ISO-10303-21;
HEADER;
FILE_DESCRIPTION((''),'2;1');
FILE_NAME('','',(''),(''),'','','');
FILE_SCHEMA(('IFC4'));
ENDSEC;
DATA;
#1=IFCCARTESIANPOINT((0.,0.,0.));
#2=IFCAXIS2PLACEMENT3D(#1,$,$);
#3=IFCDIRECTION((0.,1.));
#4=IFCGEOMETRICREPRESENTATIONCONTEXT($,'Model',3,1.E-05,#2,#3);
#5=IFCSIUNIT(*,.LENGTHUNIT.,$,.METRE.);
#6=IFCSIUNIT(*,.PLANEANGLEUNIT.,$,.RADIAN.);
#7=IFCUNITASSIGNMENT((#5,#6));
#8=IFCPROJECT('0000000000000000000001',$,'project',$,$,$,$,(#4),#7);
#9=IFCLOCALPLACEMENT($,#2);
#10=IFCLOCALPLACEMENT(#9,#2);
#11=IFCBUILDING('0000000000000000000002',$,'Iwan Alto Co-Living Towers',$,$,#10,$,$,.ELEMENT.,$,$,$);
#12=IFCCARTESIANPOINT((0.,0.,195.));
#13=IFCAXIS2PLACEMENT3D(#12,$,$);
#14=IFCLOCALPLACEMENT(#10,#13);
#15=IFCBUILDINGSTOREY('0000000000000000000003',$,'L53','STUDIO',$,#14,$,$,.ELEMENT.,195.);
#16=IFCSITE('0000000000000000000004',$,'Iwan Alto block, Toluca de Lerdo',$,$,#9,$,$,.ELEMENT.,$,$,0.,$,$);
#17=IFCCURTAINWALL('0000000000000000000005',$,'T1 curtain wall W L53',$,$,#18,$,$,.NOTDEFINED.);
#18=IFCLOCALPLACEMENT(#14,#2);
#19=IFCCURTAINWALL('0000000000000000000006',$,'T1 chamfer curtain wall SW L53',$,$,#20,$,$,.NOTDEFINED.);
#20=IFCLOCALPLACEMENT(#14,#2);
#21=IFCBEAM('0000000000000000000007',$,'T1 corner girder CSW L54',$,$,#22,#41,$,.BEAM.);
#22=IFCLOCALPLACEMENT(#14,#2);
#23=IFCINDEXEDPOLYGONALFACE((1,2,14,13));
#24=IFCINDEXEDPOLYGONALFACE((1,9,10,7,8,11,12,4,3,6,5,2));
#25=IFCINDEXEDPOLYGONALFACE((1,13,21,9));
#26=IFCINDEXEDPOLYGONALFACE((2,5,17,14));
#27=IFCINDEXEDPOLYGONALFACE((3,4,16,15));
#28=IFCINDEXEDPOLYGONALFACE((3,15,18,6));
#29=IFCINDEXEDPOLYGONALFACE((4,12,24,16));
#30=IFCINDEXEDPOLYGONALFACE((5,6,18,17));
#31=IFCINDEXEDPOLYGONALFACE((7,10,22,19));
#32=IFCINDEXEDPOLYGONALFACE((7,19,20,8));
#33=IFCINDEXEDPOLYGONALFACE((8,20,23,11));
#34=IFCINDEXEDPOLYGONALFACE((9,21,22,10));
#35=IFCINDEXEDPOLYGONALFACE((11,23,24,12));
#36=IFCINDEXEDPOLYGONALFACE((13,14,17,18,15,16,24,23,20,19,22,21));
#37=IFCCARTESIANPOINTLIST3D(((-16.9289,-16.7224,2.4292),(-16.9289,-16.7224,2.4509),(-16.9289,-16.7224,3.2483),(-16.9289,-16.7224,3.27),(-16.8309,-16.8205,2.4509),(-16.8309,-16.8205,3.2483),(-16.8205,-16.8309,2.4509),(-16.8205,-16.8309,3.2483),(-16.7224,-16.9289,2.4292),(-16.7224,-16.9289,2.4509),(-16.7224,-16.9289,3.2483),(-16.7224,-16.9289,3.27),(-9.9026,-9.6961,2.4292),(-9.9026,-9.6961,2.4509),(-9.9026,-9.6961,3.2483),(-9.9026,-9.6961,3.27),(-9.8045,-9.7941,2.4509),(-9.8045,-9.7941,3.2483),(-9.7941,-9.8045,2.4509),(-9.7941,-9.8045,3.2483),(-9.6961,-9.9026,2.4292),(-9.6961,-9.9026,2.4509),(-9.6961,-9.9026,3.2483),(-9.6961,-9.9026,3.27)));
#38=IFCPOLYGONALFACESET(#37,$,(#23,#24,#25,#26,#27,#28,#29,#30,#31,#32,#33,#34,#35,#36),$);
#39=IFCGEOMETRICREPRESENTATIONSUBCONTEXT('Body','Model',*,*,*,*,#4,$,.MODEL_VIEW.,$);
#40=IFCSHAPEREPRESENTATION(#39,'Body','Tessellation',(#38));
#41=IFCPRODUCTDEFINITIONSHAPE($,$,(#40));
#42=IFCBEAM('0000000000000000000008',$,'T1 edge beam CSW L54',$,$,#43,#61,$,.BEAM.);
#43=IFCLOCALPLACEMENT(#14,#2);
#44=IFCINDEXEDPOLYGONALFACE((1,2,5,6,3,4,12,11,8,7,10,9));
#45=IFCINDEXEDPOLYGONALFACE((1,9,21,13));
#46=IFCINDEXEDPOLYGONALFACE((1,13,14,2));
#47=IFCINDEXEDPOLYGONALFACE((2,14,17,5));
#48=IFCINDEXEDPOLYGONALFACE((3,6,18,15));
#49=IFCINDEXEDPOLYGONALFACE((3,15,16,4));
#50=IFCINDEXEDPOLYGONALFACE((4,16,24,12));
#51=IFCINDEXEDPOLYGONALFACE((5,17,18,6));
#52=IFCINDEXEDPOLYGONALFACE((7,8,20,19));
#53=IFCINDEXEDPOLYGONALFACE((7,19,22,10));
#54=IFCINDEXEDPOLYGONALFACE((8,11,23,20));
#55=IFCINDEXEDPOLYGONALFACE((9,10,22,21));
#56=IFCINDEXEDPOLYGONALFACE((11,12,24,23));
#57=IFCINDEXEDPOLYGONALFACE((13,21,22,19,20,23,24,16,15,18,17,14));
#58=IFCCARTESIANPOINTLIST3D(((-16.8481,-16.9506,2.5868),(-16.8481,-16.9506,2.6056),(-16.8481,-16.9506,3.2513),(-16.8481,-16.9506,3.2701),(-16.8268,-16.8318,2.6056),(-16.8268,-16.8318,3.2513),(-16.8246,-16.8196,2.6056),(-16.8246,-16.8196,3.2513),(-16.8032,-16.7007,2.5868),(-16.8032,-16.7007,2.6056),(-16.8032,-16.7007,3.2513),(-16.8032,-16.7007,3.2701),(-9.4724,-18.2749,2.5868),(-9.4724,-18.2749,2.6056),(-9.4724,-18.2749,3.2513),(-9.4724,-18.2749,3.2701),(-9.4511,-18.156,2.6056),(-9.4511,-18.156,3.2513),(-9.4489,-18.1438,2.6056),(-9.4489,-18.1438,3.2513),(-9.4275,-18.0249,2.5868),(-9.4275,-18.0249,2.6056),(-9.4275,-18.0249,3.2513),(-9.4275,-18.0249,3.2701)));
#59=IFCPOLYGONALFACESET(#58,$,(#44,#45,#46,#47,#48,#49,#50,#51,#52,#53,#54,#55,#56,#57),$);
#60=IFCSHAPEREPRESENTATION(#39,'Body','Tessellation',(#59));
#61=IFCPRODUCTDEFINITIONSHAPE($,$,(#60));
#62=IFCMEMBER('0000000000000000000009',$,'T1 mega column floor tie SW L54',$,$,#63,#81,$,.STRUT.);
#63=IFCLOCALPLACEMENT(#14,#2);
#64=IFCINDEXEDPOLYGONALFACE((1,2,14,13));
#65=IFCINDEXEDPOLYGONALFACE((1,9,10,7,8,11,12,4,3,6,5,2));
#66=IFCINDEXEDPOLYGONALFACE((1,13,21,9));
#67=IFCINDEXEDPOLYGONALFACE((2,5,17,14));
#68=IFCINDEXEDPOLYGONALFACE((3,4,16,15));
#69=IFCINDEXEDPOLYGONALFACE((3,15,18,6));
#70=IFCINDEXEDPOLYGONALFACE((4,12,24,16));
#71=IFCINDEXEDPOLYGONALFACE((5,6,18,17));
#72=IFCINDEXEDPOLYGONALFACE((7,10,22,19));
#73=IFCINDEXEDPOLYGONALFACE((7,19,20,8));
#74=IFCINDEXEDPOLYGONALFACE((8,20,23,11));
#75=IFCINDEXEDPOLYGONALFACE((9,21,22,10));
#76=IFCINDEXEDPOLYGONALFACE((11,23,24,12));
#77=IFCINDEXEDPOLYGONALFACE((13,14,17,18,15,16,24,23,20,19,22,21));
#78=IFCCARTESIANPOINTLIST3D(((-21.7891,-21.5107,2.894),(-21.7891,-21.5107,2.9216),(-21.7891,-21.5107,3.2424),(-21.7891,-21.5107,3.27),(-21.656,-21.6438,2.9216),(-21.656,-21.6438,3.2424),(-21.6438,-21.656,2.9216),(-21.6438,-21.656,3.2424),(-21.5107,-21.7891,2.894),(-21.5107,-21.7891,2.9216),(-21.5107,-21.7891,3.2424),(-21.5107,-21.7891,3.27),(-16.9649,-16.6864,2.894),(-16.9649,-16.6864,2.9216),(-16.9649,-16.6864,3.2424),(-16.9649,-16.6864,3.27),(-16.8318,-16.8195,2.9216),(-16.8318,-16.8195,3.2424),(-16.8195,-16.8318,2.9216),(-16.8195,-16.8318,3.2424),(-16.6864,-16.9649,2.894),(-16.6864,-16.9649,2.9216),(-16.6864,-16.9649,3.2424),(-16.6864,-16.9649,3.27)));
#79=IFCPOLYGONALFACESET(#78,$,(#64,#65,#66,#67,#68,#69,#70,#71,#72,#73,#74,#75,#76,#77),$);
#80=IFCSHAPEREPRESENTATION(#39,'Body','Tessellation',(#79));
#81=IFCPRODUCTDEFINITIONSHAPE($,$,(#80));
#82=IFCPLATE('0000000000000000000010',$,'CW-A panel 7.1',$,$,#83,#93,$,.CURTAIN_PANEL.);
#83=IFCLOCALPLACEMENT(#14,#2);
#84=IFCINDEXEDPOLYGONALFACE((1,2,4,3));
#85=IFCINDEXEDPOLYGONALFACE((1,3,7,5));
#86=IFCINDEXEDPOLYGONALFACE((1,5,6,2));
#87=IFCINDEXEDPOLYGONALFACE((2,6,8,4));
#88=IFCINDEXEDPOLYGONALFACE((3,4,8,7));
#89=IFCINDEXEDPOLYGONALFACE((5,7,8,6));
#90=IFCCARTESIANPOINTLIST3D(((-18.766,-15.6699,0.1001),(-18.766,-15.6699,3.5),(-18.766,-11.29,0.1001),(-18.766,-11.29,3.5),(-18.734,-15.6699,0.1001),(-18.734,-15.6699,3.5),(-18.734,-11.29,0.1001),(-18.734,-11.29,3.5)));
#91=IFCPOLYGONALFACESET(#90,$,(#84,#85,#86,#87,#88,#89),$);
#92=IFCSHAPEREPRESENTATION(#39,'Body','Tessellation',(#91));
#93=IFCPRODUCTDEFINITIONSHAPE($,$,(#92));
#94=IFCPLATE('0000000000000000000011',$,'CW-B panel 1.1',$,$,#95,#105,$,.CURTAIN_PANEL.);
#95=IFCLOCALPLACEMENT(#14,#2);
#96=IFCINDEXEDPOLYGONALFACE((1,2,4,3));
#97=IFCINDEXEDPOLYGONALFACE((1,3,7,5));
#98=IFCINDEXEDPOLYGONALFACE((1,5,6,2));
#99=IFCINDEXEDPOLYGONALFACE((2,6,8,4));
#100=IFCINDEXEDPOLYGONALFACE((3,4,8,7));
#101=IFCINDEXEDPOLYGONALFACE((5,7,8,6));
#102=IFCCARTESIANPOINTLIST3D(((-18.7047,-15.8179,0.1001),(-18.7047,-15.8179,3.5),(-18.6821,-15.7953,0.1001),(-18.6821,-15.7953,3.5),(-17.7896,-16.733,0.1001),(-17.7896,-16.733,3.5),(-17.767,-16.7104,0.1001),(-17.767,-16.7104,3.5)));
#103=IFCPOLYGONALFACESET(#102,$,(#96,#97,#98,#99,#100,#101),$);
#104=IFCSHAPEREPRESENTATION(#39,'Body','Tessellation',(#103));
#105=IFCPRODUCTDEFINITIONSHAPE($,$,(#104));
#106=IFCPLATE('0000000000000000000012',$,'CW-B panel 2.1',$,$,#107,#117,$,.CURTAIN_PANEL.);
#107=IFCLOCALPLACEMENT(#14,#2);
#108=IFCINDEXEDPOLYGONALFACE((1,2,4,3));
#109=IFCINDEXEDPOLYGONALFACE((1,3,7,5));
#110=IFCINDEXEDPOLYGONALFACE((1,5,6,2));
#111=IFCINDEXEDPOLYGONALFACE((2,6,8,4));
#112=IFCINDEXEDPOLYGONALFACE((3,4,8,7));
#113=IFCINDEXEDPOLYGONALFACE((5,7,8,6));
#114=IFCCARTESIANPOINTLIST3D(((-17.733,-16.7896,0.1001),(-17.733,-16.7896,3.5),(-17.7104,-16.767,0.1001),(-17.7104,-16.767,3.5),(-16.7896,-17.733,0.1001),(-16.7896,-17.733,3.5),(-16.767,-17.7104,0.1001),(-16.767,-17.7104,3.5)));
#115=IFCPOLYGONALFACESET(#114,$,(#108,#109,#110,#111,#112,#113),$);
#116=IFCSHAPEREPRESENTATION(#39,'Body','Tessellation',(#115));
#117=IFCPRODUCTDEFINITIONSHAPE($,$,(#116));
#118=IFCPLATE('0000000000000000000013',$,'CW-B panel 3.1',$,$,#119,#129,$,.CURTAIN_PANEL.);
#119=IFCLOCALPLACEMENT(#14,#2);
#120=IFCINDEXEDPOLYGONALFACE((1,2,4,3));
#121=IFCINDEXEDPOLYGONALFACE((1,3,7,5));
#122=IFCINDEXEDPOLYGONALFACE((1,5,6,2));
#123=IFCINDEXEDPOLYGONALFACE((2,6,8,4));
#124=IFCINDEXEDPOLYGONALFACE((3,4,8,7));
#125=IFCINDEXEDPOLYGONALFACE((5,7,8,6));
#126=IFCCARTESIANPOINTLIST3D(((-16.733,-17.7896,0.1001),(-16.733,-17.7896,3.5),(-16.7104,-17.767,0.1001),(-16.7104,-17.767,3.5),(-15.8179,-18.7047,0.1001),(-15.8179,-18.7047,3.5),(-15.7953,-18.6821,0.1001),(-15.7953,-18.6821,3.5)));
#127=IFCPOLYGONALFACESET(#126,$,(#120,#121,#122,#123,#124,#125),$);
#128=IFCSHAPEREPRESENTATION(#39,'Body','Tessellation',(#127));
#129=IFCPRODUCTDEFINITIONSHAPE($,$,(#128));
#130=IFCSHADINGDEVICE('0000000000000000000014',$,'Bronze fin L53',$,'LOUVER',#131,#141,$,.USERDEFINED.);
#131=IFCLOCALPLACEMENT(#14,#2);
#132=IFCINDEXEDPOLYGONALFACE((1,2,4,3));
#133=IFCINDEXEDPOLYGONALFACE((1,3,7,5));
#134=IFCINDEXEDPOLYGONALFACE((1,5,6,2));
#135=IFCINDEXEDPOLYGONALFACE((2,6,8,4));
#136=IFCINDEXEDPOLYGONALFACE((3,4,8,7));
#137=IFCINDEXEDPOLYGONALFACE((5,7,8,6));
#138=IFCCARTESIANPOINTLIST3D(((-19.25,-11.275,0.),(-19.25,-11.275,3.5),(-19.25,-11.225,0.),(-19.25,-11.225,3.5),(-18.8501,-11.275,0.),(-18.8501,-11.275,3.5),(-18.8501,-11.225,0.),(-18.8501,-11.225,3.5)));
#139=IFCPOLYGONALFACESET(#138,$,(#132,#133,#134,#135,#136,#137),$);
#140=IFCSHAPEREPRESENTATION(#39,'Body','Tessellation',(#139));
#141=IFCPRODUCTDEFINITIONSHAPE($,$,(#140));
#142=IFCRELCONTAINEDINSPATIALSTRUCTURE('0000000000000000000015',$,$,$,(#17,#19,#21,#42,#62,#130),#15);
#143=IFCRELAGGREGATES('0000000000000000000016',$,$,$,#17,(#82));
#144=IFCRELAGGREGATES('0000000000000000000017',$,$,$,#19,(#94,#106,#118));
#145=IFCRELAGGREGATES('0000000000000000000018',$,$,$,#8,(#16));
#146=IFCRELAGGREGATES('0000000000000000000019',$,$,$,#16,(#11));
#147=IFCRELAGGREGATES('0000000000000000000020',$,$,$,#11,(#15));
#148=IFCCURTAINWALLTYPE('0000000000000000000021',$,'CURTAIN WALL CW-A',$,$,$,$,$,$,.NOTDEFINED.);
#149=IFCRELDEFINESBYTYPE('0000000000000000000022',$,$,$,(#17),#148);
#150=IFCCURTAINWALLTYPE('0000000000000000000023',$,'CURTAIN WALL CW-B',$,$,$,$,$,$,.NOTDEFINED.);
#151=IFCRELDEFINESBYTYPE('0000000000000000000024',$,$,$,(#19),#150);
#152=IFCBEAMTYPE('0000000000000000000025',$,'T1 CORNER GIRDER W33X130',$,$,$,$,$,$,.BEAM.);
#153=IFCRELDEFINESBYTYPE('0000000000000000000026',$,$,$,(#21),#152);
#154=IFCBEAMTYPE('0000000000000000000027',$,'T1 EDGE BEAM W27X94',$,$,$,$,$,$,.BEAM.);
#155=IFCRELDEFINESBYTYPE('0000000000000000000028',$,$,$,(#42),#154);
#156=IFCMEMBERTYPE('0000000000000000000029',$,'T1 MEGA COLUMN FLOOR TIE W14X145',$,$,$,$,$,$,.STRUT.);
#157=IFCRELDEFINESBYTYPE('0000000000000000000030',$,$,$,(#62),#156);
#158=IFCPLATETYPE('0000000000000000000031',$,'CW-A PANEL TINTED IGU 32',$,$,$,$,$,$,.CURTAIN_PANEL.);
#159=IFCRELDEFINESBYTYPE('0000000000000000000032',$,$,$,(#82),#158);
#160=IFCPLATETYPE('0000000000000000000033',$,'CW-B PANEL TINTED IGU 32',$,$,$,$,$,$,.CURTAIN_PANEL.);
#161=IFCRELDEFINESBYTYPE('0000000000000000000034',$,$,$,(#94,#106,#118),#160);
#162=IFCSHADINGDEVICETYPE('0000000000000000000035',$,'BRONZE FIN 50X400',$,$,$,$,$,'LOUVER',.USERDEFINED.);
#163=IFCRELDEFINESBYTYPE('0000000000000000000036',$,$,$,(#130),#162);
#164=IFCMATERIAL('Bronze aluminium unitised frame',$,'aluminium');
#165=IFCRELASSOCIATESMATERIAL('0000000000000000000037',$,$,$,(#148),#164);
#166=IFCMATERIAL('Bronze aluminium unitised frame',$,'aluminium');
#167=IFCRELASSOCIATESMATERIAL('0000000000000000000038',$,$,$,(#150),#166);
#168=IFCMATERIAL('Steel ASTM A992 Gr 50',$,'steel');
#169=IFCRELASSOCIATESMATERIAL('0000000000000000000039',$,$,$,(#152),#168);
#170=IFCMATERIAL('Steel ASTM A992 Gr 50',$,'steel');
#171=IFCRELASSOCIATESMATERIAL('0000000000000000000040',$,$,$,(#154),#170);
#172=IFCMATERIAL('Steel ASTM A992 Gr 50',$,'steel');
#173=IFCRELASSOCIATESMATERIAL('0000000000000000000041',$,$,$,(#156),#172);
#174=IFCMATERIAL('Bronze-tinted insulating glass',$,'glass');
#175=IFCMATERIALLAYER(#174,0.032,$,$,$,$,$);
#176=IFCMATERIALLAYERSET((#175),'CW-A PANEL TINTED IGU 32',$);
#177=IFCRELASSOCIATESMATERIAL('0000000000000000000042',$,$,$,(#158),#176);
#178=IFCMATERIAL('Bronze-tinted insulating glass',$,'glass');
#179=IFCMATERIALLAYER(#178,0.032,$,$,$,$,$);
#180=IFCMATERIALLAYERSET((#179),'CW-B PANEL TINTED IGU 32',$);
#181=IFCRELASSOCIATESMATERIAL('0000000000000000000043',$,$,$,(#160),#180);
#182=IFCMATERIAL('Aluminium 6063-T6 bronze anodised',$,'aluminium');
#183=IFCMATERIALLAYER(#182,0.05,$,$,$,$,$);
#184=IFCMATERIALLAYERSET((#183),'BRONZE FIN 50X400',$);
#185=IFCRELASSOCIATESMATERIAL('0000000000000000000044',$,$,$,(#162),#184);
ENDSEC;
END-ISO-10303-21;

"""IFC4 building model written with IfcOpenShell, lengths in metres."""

from ifc_helpers import new_model, si_unit, direction, frame, origin, origin_2d, place, context, subcontext, project, spatial, rectangle, i_section, extrude, material, layer, layer_set, material_profile, profile_set, type_object, element, aggregate, save


model = new_model("IFC4")

# Units and contexts
model_context = context("Model", 3, precision=1e-05, world=origin(), true_north=direction((0.0, 1.0)))
body_context = subcontext(model_context, "Body", "Model", "MODEL_VIEW")
ifc_project = project(units=[si_unit("LENGTHUNIT", "METRE"), si_unit("PLANEANGLEUNIT", "RADIAN")], contexts=[model_context])

# Site, building, storey
site_placement = place(None, origin())
site = spatial("IfcSite", under=ifc_project, at=site_placement, Name="Iwan Alto block, Toluca de Lerdo", CompositionType="ELEMENT", RefElevation=0.0)
building_placement = place(site_placement, origin())
building = spatial("IfcBuilding", under=site, at=building_placement, Name="Iwan Alto Co-Living Towers", CompositionType="ELEMENT")
storey_placement = place(building_placement, frame((0.0, 0.0, 195.0)))
storey = spatial("IfcBuildingStorey", under=building, at=storey_placement, Name="L53", Description="STUDIO", CompositionType="ELEMENT", Elevation=195.0)

# Curtain walls
ifc_material_1 = material(Name="Bronze aluminium unitised frame", Category="aluminium")
curtain_wall_type_1 = type_object("IfcCurtainWallType", Name="CURTAIN WALL CW-A", PredefinedType="NOTDEFINED", material=ifc_material_1)
curtain_wall_1_placement = place(storey_placement, origin())
curtain_wall_1 = element("IfcCurtainWall", 1, at=curtain_wall_1_placement, inside=storey, type_object=curtain_wall_type_1, Name="T1 curtain wall W L53", PredefinedType="NOTDEFINED")
ifc_material_2 = material(Name="Bronze aluminium unitised frame", Category="aluminium")
curtain_wall_type_2 = type_object("IfcCurtainWallType", Name="CURTAIN WALL CW-B", PredefinedType="NOTDEFINED", material=ifc_material_2)
curtain_wall_2_placement = place(storey_placement, origin())
curtain_wall_2 = element("IfcCurtainWall", 2, at=curtain_wall_2_placement, inside=storey, type_object=curtain_wall_type_2, Name="T1 chamfer curtain wall SW L53", PredefinedType="NOTDEFINED")

# Beams
ifc_material_3 = material(Name="Steel ASTM A992 Gr 50", Category="steel")
ifc_material_profile_1 = material_profile(ifc_material_3, i_section(OverallWidth=0.292, OverallDepth=0.8408, WebThickness=0.0146, FlangeThickness=0.0217, at=origin_2d()), Name="W33X130")
ifc_profile_set_1 = profile_set([ifc_material_profile_1], Name="Steel ASTM A992 Gr 50")
beam_type_1 = type_object("IfcBeamType", Name="T1 CORNER GIRDER W33X130", PredefinedType="BEAM", material=ifc_profile_set_1)
beam_1_placement = place(storey_placement, frame((-16.8257, -16.8257, 2.8496), z_axis=(0.707107, 0.707107, 0.0), x_axis=(-0.707107, 0.707107, 0.0)))
element("IfcBeam", 3, at=beam_1_placement, inside=storey, type_object=beam_type_1, Name="T1 corner girder CSW L54", PredefinedType="BEAM", context=body_context, shape_type="SweptSolid", body=[
    extrude(i_section(OverallWidth=0.292, OverallDepth=0.8408, WebThickness=0.0146, FlangeThickness=0.0217, at=origin_2d()), origin(), (0.0, 0.0, 1.0), 9.9368),
])
ifc_material_4 = material(Name="Steel ASTM A992 Gr 50", Category="steel")
ifc_material_profile_2 = material_profile(ifc_material_4, i_section(OverallWidth=0.2539, OverallDepth=0.6833, WebThickness=0.0125, FlangeThickness=0.0188, at=origin_2d()), Name="W27X94")
ifc_profile_set_2 = profile_set([ifc_material_profile_2], Name="Steel ASTM A992 Gr 50")
beam_type_2 = type_object("IfcBeamType", Name="T1 EDGE BEAM W27X94", PredefinedType="BEAM", material=ifc_profile_set_2)
beam_2_placement = place(storey_placement, frame((-16.8257, -16.8257, 2.9285), z_axis=(0.984263, -0.176712, 0.0), x_axis=(0.176712, 0.984263, 0.0)))
element("IfcBeam", 4, at=beam_2_placement, inside=storey, type_object=beam_type_2, Name="T1 edge beam CSW L54", PredefinedType="BEAM", context=body_context, shape_type="SweptSolid", body=[
    extrude(i_section(OverallWidth=0.2539, OverallDepth=0.6833, WebThickness=0.0125, FlangeThickness=0.0188, at=origin_2d()), origin(), (0.0, 0.0, 1.0), 7.4937),
])

# Member
ifc_material_5 = material(Name="Steel ASTM A992 Gr 50", Category="steel")
ifc_material_profile_3 = material_profile(ifc_material_5, i_section(OverallWidth=0.3938, OverallDepth=0.376, WebThickness=0.0173, FlangeThickness=0.0276, at=origin_2d()), Name="W14X145")
ifc_profile_set_3 = profile_set([ifc_material_profile_3], Name="Steel ASTM A992 Gr 50")
member_type_1 = type_object("IfcMemberType", Name="T1 MEGA COLUMN FLOOR TIE W14X145", PredefinedType="STRUT", material=ifc_profile_set_3)
member_1_placement = place(storey_placement, frame((-21.6499, -21.6499, 3.082), z_axis=(0.707107, 0.707107, 0.0), x_axis=(-0.707107, 0.707107, 0.0)))
element("IfcMember", 5, at=member_1_placement, inside=storey, type_object=member_type_1, Name="T1 mega column floor tie SW L54", PredefinedType="STRUT", context=body_context, shape_type="SweptSolid", body=[
    extrude(i_section(OverallWidth=0.3938, OverallDepth=0.376, WebThickness=0.0173, FlangeThickness=0.0276, at=origin_2d()), origin(), (0.0, 0.0, 1.0), 6.8225),
])

# Plates
ifc_material_6 = material(Name="Bronze-tinted insulating glass", Category="glass")
ifc_layer_1 = layer(ifc_material_6, 0.032)
ifc_layer_set_1 = layer_set([ifc_layer_1], Name="CW-A PANEL TINTED IGU 32")
plate_type_1 = type_object("IfcPlateType", Name="CW-A PANEL TINTED IGU 32", PredefinedType="CURTAIN_PANEL", material=ifc_layer_set_1)
plate_1_placement = place(storey_placement, frame((-18.75, -13.48, 0.1001), z_axis=(0.0, 0.0, 1.0), x_axis=(0.0, -1.0, 0.0)))
plate_1 = element("IfcPlate", 6, at=plate_1_placement, type_object=plate_type_1, Name="CW-A panel 7.1", PredefinedType="CURTAIN_PANEL", context=body_context, shape_type="SweptSolid", body=[
    extrude(rectangle(XDim=4.3799, YDim=0.032, at=origin_2d()), origin(), (0.0, 0.0, 1.0), 3.3999),
])
aggregate(curtain_wall_1, [plate_1])
ifc_material_7 = material(Name="Bronze-tinted insulating glass", Category="glass")
ifc_layer_2 = layer(ifc_material_7, 0.032)
ifc_layer_set_2 = layer_set([ifc_layer_2], Name="CW-B PANEL TINTED IGU 32")
plate_type_2 = type_object("IfcPlateType", Name="CW-B PANEL TINTED IGU 32", PredefinedType="CURTAIN_PANEL", material=ifc_layer_set_2)
plate_2_placement = place(storey_placement, frame((-18.2358, -16.2642, 0.1001), z_axis=(0.0, 0.0, 1.0), x_axis=(0.707107, -0.707107, 0.0)))
plate_2 = element("IfcPlate", 7, at=plate_2_placement, type_object=plate_type_2, Name="CW-B panel 1.1", PredefinedType="CURTAIN_PANEL", context=body_context, shape_type="SweptSolid", body=[
    extrude(rectangle(XDim=1.2942, YDim=0.032, at=origin_2d()), origin(), (0.0, 0.0, 1.0), 3.3999),
])
plate_3_placement = place(storey_placement, frame((-17.25, -17.25, 0.1001), z_axis=(0.0, 0.0, 1.0), x_axis=(0.707107, -0.707107, 0.0)))
plate_3 = element("IfcPlate", 8, at=plate_3_placement, type_object=plate_type_2, Name="CW-B panel 2.1", PredefinedType="CURTAIN_PANEL", context=body_context, shape_type="SweptSolid", body=[
    extrude(rectangle(XDim=1.3342, YDim=0.032, at=origin_2d()), origin(), (0.0, 0.0, 1.0), 3.3999),
])
plate_4_placement = place(storey_placement, frame((-16.2642, -18.2358, 0.1001), z_axis=(0.0, 0.0, 1.0), x_axis=(0.707107, -0.707107, 0.0)))
plate_4 = element("IfcPlate", 9, at=plate_4_placement, type_object=plate_type_2, Name="CW-B panel 3.1", PredefinedType="CURTAIN_PANEL", context=body_context, shape_type="SweptSolid", body=[
    extrude(rectangle(XDim=1.2942, YDim=0.032, at=origin_2d()), origin(), (0.0, 0.0, 1.0), 3.3999),
])
aggregate(curtain_wall_2, [plate_2, plate_3, plate_4])

# Shading device
ifc_material_8 = material(Name="Aluminium 6063-T6 bronze anodised", Category="aluminium")
ifc_layer_3 = layer(ifc_material_8, 0.05)
ifc_layer_set_3 = layer_set([ifc_layer_3], Name="BRONZE FIN 50X400")
shading_device_type = type_object("IfcShadingDeviceType", Name="BRONZE FIN 50X400", ElementType="LOUVER", PredefinedType="USERDEFINED", material=ifc_layer_set_3)
shading_device_placement = place(storey_placement, frame((-19.05, -11.25, 0.0), z_axis=(0.0, 0.0, 1.0), x_axis=(0.0, -1.0, 0.0)))
element("IfcShadingDevice", 10, at=shading_device_placement, inside=storey, type_object=shading_device_type, Name="Bronze fin L53", ObjectType="LOUVER", PredefinedType="USERDEFINED", context=body_context, shape_type="SweptSolid", body=[
    extrude(rectangle(XDim=0.05, YDim=0.3999, at=origin_2d()), origin(), (0.0, 0.0, 1.0), 3.5),
])

save(model, "model.ifc")
